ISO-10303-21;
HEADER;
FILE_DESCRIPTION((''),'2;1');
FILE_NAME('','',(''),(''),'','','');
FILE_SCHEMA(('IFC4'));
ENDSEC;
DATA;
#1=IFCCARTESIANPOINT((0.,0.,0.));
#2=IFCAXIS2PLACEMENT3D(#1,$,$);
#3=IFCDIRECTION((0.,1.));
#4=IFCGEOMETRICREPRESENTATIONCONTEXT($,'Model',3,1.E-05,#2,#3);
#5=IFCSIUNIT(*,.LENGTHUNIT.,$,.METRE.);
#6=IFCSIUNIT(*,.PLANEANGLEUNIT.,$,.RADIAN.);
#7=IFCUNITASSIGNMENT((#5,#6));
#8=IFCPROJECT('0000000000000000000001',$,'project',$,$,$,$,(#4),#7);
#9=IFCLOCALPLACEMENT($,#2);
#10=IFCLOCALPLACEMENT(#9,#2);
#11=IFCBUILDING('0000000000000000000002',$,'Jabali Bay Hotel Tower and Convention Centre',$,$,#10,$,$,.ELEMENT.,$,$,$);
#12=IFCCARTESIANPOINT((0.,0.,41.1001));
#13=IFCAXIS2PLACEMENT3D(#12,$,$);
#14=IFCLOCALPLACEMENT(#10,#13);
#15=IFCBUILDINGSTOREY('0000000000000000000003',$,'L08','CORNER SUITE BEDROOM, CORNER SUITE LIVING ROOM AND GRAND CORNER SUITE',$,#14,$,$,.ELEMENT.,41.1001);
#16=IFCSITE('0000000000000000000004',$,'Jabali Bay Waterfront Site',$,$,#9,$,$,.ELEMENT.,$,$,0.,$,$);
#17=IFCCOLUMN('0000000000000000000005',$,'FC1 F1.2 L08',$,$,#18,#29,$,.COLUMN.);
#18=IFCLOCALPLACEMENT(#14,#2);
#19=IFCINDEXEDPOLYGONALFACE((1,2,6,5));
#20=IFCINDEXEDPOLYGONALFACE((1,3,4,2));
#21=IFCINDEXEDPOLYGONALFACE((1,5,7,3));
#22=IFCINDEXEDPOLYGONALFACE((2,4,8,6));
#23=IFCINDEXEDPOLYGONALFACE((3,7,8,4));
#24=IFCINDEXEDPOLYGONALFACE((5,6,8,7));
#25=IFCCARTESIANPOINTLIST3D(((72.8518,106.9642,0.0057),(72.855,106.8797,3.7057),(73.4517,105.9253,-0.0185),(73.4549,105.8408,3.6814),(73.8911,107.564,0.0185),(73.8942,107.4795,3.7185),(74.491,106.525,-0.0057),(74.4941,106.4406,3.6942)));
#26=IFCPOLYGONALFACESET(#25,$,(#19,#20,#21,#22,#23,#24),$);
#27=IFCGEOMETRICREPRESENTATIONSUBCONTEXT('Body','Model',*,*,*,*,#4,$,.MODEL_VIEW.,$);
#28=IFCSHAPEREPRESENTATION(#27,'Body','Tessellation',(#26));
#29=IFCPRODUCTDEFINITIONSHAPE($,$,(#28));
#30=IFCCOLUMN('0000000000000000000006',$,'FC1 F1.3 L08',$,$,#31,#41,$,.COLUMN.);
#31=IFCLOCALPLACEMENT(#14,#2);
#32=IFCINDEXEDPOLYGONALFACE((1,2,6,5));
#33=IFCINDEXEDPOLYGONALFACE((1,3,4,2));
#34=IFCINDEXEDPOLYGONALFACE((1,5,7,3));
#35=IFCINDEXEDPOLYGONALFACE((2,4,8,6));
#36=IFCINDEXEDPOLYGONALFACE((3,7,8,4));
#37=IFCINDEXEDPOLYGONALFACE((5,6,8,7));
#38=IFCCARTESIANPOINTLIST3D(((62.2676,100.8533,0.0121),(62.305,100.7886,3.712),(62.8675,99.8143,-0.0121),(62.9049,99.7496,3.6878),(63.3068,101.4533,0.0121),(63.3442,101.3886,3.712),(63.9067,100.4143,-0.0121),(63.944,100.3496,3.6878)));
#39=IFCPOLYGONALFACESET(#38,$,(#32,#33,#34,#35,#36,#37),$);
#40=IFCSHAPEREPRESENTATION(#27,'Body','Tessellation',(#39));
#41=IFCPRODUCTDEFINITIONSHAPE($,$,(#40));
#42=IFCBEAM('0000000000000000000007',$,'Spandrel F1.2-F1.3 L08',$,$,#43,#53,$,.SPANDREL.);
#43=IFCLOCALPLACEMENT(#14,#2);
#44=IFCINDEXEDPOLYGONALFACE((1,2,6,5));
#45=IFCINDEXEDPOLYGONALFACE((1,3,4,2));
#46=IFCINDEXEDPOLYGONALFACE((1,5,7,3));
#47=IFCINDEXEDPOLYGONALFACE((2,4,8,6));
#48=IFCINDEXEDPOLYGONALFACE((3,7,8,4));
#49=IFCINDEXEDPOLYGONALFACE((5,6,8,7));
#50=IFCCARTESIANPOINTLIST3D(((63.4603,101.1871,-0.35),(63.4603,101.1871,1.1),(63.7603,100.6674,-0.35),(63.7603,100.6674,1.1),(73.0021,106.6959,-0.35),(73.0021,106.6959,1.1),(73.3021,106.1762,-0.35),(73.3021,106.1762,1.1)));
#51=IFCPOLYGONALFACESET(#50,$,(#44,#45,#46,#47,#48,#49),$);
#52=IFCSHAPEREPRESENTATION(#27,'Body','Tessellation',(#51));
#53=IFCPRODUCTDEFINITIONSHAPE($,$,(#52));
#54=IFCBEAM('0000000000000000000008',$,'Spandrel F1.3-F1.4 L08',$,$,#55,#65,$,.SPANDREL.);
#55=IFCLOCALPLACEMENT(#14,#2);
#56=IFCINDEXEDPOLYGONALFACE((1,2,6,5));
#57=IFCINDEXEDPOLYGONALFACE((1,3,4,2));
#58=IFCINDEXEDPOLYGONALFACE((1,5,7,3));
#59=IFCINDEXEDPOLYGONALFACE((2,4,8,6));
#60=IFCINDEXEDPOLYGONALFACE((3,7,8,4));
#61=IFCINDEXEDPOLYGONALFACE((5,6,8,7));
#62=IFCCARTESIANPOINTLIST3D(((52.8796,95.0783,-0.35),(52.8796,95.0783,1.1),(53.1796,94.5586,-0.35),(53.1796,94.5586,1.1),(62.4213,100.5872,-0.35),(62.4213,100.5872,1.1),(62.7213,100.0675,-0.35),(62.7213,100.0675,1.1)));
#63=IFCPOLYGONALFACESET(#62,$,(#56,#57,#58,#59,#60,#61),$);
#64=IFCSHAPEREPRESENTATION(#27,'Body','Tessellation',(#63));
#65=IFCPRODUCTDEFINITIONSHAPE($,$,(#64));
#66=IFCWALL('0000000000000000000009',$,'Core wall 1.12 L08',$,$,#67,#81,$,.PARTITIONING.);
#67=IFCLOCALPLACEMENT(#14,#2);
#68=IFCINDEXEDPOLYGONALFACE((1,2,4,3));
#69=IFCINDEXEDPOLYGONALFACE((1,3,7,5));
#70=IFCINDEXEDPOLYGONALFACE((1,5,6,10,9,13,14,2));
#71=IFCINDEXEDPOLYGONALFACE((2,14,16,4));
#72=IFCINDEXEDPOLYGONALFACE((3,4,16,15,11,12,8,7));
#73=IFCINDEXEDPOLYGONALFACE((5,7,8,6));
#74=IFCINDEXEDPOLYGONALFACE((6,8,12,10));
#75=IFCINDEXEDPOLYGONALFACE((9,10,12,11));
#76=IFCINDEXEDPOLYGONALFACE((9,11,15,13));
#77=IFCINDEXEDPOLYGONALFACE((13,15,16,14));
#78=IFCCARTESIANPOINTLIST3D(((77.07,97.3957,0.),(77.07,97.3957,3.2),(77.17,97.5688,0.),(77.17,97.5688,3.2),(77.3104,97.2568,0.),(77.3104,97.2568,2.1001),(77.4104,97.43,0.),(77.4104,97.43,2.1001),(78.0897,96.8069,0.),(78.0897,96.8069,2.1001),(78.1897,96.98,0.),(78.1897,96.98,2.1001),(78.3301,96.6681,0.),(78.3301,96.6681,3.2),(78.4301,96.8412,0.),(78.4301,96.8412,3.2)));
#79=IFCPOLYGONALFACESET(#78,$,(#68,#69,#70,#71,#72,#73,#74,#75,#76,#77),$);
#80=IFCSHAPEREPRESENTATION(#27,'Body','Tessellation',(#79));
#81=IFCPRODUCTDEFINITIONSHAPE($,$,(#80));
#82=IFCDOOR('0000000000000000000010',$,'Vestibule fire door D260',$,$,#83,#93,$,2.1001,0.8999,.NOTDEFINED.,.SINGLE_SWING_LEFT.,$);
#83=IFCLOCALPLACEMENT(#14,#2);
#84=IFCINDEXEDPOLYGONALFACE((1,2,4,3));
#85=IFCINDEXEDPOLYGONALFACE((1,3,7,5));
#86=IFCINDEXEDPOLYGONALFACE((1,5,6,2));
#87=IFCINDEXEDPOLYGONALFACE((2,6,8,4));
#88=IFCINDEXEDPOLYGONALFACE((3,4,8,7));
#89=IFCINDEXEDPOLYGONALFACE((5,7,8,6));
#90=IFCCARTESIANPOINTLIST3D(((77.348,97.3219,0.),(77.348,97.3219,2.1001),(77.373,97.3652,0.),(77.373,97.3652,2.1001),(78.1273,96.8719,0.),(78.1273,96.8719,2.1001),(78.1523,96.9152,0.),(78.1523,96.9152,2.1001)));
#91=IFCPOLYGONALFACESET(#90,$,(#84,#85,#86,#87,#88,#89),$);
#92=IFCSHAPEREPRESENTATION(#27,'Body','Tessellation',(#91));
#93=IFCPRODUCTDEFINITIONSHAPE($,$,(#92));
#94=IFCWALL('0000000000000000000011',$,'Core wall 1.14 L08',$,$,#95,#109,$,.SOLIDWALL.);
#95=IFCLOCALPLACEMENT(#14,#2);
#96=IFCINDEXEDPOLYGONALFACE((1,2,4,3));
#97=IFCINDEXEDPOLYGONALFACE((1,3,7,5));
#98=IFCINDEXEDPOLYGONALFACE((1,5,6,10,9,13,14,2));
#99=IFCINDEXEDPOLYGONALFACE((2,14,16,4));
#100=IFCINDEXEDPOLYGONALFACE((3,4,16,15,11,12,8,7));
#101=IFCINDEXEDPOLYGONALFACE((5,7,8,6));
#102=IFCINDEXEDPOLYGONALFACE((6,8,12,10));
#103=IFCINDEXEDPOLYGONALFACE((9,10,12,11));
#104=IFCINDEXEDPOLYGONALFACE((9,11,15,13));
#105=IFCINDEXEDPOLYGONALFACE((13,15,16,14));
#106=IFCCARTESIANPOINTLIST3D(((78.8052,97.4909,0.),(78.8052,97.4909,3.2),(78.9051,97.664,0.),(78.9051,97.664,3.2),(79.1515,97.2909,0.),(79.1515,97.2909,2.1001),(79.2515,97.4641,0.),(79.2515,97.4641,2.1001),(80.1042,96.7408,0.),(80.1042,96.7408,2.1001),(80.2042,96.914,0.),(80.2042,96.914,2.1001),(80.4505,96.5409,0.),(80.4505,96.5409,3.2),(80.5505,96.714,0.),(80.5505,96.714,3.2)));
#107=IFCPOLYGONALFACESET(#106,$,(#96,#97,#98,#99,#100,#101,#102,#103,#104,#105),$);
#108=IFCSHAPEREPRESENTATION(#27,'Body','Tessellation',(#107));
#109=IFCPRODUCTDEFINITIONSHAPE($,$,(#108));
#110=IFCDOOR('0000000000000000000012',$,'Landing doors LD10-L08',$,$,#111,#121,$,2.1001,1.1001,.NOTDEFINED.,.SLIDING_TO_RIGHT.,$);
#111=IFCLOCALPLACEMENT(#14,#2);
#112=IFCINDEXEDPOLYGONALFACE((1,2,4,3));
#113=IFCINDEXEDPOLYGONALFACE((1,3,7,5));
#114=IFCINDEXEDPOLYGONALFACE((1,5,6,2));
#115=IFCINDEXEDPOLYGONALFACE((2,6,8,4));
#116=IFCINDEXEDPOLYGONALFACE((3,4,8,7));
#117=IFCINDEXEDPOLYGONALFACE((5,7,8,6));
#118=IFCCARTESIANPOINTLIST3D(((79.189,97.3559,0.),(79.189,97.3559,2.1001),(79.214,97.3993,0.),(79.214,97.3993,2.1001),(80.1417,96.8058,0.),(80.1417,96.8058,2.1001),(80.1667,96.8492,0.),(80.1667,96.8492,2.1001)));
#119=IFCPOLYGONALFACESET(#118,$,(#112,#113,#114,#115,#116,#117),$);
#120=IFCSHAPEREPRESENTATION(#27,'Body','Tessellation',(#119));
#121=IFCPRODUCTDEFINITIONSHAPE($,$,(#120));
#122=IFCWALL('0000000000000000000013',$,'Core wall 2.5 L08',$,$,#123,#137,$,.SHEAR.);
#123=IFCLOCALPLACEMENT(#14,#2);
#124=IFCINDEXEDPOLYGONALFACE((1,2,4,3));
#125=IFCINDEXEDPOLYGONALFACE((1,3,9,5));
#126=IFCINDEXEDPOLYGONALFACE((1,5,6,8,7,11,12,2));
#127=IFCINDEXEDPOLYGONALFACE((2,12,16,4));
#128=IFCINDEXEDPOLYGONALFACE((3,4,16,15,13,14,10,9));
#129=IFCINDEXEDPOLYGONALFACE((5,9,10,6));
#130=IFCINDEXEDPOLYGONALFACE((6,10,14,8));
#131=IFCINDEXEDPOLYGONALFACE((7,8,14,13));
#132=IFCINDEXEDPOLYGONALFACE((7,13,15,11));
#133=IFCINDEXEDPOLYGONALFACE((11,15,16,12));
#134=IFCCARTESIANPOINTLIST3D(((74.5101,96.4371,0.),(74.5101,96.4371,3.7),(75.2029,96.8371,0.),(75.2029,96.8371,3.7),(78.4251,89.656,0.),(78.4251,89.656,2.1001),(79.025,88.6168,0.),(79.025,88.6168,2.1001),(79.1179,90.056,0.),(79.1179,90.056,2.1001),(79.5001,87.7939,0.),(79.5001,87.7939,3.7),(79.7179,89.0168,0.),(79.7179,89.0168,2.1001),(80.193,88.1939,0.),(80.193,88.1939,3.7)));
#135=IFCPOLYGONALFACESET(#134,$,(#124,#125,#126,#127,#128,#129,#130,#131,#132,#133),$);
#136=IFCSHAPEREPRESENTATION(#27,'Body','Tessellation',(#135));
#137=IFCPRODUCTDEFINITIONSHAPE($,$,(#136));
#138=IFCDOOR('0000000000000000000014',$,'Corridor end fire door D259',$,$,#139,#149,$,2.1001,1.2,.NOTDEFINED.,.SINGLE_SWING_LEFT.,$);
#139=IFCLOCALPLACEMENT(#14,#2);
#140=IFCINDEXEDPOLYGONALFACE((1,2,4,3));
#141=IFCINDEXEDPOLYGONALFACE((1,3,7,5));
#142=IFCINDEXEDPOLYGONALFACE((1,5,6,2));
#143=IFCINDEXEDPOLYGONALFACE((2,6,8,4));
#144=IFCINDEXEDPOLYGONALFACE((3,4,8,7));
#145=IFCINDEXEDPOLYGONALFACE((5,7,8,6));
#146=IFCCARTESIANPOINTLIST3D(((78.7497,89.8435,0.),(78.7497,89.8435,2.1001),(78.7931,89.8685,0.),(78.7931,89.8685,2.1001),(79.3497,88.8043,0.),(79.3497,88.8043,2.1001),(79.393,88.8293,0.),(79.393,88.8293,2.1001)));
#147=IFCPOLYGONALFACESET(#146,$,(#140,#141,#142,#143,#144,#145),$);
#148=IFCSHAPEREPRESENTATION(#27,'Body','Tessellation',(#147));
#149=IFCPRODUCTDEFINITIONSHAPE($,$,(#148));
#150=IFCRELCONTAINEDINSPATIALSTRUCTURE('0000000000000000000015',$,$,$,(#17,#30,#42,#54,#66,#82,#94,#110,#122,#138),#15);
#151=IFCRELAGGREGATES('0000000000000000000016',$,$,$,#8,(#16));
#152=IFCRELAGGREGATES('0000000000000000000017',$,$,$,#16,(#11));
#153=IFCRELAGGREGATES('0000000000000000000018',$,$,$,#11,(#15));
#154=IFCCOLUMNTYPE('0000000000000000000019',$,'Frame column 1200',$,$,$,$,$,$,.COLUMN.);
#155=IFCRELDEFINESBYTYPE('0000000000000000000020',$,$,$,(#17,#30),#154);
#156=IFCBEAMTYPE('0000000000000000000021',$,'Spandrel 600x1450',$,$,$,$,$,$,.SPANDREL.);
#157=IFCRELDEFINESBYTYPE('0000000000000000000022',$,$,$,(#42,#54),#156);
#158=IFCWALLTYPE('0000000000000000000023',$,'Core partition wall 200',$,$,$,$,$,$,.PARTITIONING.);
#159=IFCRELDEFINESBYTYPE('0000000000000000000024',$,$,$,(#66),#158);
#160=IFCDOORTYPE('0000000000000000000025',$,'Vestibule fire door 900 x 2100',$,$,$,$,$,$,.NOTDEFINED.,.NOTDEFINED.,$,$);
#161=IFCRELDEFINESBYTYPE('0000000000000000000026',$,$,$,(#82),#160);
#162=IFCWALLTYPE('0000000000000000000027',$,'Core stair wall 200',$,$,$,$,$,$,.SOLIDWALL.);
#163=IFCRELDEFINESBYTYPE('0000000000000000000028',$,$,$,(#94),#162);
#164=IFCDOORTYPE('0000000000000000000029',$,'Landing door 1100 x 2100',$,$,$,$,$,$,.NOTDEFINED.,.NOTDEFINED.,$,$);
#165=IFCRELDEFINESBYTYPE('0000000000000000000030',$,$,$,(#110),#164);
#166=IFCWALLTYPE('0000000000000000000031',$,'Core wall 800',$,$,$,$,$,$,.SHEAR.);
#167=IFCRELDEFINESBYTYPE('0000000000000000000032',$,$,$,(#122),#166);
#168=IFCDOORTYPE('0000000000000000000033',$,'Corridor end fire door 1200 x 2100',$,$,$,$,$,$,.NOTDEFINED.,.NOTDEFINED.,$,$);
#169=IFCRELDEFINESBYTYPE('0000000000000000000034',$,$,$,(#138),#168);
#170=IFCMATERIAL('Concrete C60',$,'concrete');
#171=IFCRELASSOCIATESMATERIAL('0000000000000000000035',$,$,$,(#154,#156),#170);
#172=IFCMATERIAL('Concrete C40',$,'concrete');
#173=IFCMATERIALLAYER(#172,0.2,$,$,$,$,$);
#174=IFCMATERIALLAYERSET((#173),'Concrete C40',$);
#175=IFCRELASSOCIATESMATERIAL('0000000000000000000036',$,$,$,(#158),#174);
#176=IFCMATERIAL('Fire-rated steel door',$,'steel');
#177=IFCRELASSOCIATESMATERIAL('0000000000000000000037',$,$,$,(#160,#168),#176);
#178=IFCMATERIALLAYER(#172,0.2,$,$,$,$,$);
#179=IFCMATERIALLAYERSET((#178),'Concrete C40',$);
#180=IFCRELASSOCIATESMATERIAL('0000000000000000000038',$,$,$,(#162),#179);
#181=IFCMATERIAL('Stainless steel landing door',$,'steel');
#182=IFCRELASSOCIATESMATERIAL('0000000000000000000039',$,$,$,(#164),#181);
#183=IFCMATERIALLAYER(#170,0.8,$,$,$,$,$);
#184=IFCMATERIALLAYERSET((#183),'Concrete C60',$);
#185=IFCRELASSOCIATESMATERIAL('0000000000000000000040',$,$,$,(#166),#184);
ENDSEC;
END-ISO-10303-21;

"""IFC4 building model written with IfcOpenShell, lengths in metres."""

from ifc_helpers import new_model, si_unit, direction, frame, frame_2d, origin, origin_2d, place, context, subcontext, project, spatial, rectangle, extrude, material, layer, layer_set, material_profile, profile_set, type_object, element, fill, save


model = new_model("IFC4")

# Units and contexts
model_context = context("Model", 3, precision=1e-05, world=origin(), true_north=direction((0.0, 1.0)))
body_context = subcontext(model_context, "Body", "Model", "MODEL_VIEW")
ifc_project = project(units=[si_unit("LENGTHUNIT", "METRE"), si_unit("PLANEANGLEUNIT", "RADIAN")], contexts=[model_context])

# Site, building, storey
site_placement = place(None, origin())
site = spatial("IfcSite", under=ifc_project, at=site_placement, Name="Jabali Bay Waterfront Site", CompositionType="ELEMENT", RefElevation=0.0)
building_placement = place(site_placement, origin())
building = spatial("IfcBuilding", under=site, at=building_placement, Name="Jabali Bay Hotel Tower and Convention Centre", CompositionType="ELEMENT")
storey_placement = place(building_placement, frame((0.0, 0.0, 41.1001)))
storey = spatial("IfcBuildingStorey", under=building, at=storey_placement, Name="L08", Description="CORNER SUITE BEDROOM, CORNER SUITE LIVING ROOM AND GRAND CORNER SUITE", CompositionType="ELEMENT", Elevation=41.1001)

# Columns
ifc_material_1 = material(Name="Concrete C60", Category="concrete")
ifc_material_profile_1 = material_profile(ifc_material_1, rectangle(XDim=1.2, YDim=1.2, at=origin_2d()), Name="Frame column 1200")
ifc_profile_set_1 = profile_set([ifc_material_profile_1], Name="Concrete C60")
column_type = type_object("IfcColumnType", Name="Frame column 1200", PredefinedType="COLUMN", material=ifc_profile_set_1)
column_1_placement = place(storey_placement, frame((73.6714, 106.7446, 0.0), z_axis=(0.000858, -0.022825, 0.999739), x_axis=(0.86606, 0.499826, 0.010668)))
element("IfcColumn", 1, at=column_1_placement, inside=storey, type_object=column_type, Name="FC1 F1.2 L08", PredefinedType="COLUMN", context=body_context, shape_type="SweptSolid", body=[
    extrude(rectangle(XDim=1.2, YDim=1.2, at=origin_2d()), origin(), (0.0, 0.0, 1.0), 3.7009),
])
column_2_placement = place(storey_placement, frame((63.0872, 100.6338, 0.0), z_axis=(0.010094, -0.017482, 0.999796), x_axis=(0.86602, 0.500009, 0.0)))
element("IfcColumn", 2, at=column_2_placement, inside=storey, type_object=column_type, Name="FC1 F1.3 L08", PredefinedType="COLUMN", context=body_context, shape_type="SweptSolid", body=[
    extrude(rectangle(XDim=1.2, YDim=1.2, at=origin_2d()), origin(), (0.0, 0.0, 1.0), 3.7007),
])

# Beams
ifc_material_profile_2 = material_profile(ifc_material_1, rectangle(XDim=0.6001, YDim=1.45, at=origin_2d()), Name="Spandrel 600x1450")
ifc_profile_set_2 = profile_set([ifc_material_profile_2], Name="Concrete C60")
beam_type = type_object("IfcBeamType", Name="Spandrel 600x1450", PredefinedType="SPANDREL", material=ifc_profile_set_2)
for number, where, z_axis, x_axis, name in (
    (3, (73.1521, 106.436, 0.375), (-0.866031, -0.49999, 0.0), (0.49999, -0.866031, 0.0), "Spandrel F1.2-F1.3 L08"),
    (4, (62.5713, 100.3274, 0.375), (-0.866021, -0.500007, 0.0), (0.500007, -0.866021, 0.0), "Spandrel F1.3-F1.4 L08"),
):
    element("IfcBeam", number, at=place(storey_placement, frame(where, z_axis=z_axis, x_axis=x_axis)), inside=storey, type_object=beam_type, Name=name, PredefinedType="SPANDREL", context=body_context, shape_type="SweptSolid", body=[
        extrude(rectangle(XDim=0.6001, YDim=1.45, at=origin_2d()), origin(), (0.0, 0.0, 1.0), 11.0178),
    ])

# Walls, openings, doors
ifc_material_2 = material(Name="Concrete C40", Category="concrete")
ifc_layer_1 = layer(ifc_material_2, 0.2)
ifc_layer_set_1 = layer_set([ifc_layer_1], Name="Concrete C40")
wall_type_1 = type_object("IfcWallType", Name="Core partition wall 200", PredefinedType="PARTITIONING", material=ifc_layer_set_1)
wall_1_placement = place(storey_placement, frame((78.3801, 96.7546, 0.0), z_axis=(0.0, 0.0, 1.0), x_axis=(-0.866004, 0.500037, 0.0)))
wall_1 = element("IfcWall", 5, at=wall_1_placement, inside=storey, type_object=wall_type_1, Name="Core wall 1.12 L08", PredefinedType="PARTITIONING", context=body_context, shape_type="SweptSolid", body=[
    extrude(rectangle(XDim=1.4551, YDim=0.2, at=frame_2d((0.7275, 0.0))), origin(), (0.0, 0.0, 1.0), 3.2),
])
opening_1_placement = place(wall_1_placement, frame((0.2776, 0.0, 0.0)))
opening_1 = element("IfcOpeningElement", 6, at=opening_1_placement, cuts=wall_1, PredefinedType="OPENING", context=body_context, shape_type="SweptSolid", body=[
    extrude(rectangle(XDim=0.8999, YDim=2.1001, at=frame_2d((0.45, 1.05))), frame((0.0, 0.1104, 0.0), z_axis=(0.0, -1.0, 0.0), x_axis=(1.0, 0.0, 0.0)), (0.0, 0.0, 1.0), 0.2209),
])
ifc_material_3 = material(Name="Fire-rated steel door", Category="steel")
door_type_1 = type_object("IfcDoorType", Name="Vestibule fire door 900 x 2100", OperationType="NOTDEFINED", PredefinedType="NOTDEFINED", material=ifc_material_3)
door_1_placement = place(opening_1_placement, origin())
door_1 = element("IfcDoor", 7, at=door_1_placement, inside=storey, type_object=door_type_1, Name="Vestibule fire door D260", OperationType="SINGLE_SWING_LEFT", OverallHeight=2.1001, OverallWidth=0.8999, PredefinedType="NOTDEFINED", context=body_context, shape_type="SweptSolid", body=[
    extrude(rectangle(XDim=0.8999, YDim=2.1001, at=frame_2d((0.45, 1.05))), frame((0.0, 0.0249, 0.0), z_axis=(0.0, -1.0, 0.0), x_axis=(1.0, 0.0, 0.0)), (0.0, 0.0, 1.0), 0.05),
])
fill(opening_1, door_1)
ifc_layer_2 = layer(ifc_material_2, 0.2)
ifc_layer_set_2 = layer_set([ifc_layer_2], Name="Concrete C40")
wall_type_2 = type_object("IfcWallType", Name="Core stair wall 200", PredefinedType="SOLIDWALL", material=ifc_layer_set_2)
wall_2_placement = place(storey_placement, frame((80.5005, 96.6274, 0.0), z_axis=(0.0, 0.0, 1.0), x_axis=(-0.866012, 0.500023, 0.0)))
wall_2 = element("IfcWall", 8, at=wall_2_placement, inside=storey, type_object=wall_type_2, Name="Core wall 1.14 L08", PredefinedType="SOLIDWALL", context=body_context, shape_type="SweptSolid", body=[
    extrude(rectangle(XDim=1.8999, YDim=0.2, at=frame_2d((0.95, 0.0))), origin(), (0.0, 0.0, 1.0), 3.2),
])
opening_2_placement = place(wall_2_placement, frame((0.3999, 0.0, 0.0)))
opening_2 = element("IfcOpeningElement", 9, at=opening_2_placement, cuts=wall_2, PredefinedType="OPENING", context=body_context, shape_type="SweptSolid", body=[
    extrude(rectangle(XDim=1.1001, YDim=2.1001, at=frame_2d((0.55, 1.05))), frame((0.0, 0.1104, 0.0), z_axis=(0.0, -1.0, 0.0), x_axis=(1.0, 0.0, 0.0)), (0.0, 0.0, 1.0), 0.2209),
])
ifc_material_4 = material(Name="Stainless steel landing door", Category="steel")
door_type_2 = type_object("IfcDoorType", Name="Landing door 1100 x 2100", OperationType="NOTDEFINED", PredefinedType="NOTDEFINED", material=ifc_material_4)
door_2_placement = place(opening_2_placement, origin())
door_2 = element("IfcDoor", 10, at=door_2_placement, inside=storey, type_object=door_type_2, Name="Landing doors LD10-L08", OperationType="SLIDING_TO_RIGHT", OverallHeight=2.1001, OverallWidth=1.1001, PredefinedType="NOTDEFINED", context=body_context, shape_type="SweptSolid", body=[
    extrude(rectangle(XDim=1.1001, YDim=2.1001, at=frame_2d((0.55, 1.05))), frame((0.0, 0.0249, 0.0), z_axis=(0.0, -1.0, 0.0), x_axis=(1.0, 0.0, 0.0)), (0.0, 0.0, 1.0), 0.05),
])
fill(opening_2, door_2)
ifc_layer_3 = layer(ifc_material_1, 0.8)
ifc_layer_set_3 = layer_set([ifc_layer_3], Name="Concrete C60")
wall_type_3 = type_object("IfcWallType", Name="Core wall 800", PredefinedType="SHEAR", material=ifc_layer_set_3)
wall_3_placement = place(storey_placement, frame((74.8564, 96.6372, 0.0), z_axis=(0.0, 0.0, 1.0), x_axis=(0.499994, -0.866029, 0.0)))
wall_3 = element("IfcWall", 11, at=wall_3_placement, inside=storey, type_object=wall_type_3, Name="Core wall 2.5 L08", PredefinedType="SHEAR", context=body_context, shape_type="SweptSolid", body=[
    extrude(rectangle(XDim=9.9802, YDim=0.8, at=frame_2d((4.9902, 0.0))), origin(), (0.0, 0.0, 1.0), 3.7),
])
opening_3_placement = place(wall_3_placement, frame((7.8301, 0.0, 0.0)))
opening_3 = element("IfcOpeningElement", 12, at=opening_3_placement, cuts=wall_3, PredefinedType="OPENING", context=body_context, shape_type="SweptSolid", body=[
    extrude(rectangle(XDim=1.2, YDim=2.1001, at=frame_2d((0.6001, 1.05))), frame((0.0, 0.4106, 0.0), z_axis=(0.0, -1.0, 0.0), x_axis=(1.0, 0.0, 0.0)), (0.0, 0.0, 1.0), 0.821),
])
door_type_3 = type_object("IfcDoorType", Name="Corridor end fire door 1200 x 2100", OperationType="NOTDEFINED", PredefinedType="NOTDEFINED", material=ifc_material_3)
door_3_placement = place(opening_3_placement, origin())
door_3 = element("IfcDoor", 13, at=door_3_placement, inside=storey, type_object=door_type_3, Name="Corridor end fire door D259", OperationType="SINGLE_SWING_LEFT", OverallHeight=2.1001, OverallWidth=1.2, PredefinedType="NOTDEFINED", context=body_context, shape_type="SweptSolid", body=[
    extrude(rectangle(XDim=1.2, YDim=2.1001, at=frame_2d((0.6001, 1.05))), frame((0.0, 0.0249, 0.0), z_axis=(0.0, -1.0, 0.0), x_axis=(1.0, 0.0, 0.0)), (0.0, 0.0, 1.0), 0.05),
])
fill(opening_3, door_3)

save(model, "model.ifc")
